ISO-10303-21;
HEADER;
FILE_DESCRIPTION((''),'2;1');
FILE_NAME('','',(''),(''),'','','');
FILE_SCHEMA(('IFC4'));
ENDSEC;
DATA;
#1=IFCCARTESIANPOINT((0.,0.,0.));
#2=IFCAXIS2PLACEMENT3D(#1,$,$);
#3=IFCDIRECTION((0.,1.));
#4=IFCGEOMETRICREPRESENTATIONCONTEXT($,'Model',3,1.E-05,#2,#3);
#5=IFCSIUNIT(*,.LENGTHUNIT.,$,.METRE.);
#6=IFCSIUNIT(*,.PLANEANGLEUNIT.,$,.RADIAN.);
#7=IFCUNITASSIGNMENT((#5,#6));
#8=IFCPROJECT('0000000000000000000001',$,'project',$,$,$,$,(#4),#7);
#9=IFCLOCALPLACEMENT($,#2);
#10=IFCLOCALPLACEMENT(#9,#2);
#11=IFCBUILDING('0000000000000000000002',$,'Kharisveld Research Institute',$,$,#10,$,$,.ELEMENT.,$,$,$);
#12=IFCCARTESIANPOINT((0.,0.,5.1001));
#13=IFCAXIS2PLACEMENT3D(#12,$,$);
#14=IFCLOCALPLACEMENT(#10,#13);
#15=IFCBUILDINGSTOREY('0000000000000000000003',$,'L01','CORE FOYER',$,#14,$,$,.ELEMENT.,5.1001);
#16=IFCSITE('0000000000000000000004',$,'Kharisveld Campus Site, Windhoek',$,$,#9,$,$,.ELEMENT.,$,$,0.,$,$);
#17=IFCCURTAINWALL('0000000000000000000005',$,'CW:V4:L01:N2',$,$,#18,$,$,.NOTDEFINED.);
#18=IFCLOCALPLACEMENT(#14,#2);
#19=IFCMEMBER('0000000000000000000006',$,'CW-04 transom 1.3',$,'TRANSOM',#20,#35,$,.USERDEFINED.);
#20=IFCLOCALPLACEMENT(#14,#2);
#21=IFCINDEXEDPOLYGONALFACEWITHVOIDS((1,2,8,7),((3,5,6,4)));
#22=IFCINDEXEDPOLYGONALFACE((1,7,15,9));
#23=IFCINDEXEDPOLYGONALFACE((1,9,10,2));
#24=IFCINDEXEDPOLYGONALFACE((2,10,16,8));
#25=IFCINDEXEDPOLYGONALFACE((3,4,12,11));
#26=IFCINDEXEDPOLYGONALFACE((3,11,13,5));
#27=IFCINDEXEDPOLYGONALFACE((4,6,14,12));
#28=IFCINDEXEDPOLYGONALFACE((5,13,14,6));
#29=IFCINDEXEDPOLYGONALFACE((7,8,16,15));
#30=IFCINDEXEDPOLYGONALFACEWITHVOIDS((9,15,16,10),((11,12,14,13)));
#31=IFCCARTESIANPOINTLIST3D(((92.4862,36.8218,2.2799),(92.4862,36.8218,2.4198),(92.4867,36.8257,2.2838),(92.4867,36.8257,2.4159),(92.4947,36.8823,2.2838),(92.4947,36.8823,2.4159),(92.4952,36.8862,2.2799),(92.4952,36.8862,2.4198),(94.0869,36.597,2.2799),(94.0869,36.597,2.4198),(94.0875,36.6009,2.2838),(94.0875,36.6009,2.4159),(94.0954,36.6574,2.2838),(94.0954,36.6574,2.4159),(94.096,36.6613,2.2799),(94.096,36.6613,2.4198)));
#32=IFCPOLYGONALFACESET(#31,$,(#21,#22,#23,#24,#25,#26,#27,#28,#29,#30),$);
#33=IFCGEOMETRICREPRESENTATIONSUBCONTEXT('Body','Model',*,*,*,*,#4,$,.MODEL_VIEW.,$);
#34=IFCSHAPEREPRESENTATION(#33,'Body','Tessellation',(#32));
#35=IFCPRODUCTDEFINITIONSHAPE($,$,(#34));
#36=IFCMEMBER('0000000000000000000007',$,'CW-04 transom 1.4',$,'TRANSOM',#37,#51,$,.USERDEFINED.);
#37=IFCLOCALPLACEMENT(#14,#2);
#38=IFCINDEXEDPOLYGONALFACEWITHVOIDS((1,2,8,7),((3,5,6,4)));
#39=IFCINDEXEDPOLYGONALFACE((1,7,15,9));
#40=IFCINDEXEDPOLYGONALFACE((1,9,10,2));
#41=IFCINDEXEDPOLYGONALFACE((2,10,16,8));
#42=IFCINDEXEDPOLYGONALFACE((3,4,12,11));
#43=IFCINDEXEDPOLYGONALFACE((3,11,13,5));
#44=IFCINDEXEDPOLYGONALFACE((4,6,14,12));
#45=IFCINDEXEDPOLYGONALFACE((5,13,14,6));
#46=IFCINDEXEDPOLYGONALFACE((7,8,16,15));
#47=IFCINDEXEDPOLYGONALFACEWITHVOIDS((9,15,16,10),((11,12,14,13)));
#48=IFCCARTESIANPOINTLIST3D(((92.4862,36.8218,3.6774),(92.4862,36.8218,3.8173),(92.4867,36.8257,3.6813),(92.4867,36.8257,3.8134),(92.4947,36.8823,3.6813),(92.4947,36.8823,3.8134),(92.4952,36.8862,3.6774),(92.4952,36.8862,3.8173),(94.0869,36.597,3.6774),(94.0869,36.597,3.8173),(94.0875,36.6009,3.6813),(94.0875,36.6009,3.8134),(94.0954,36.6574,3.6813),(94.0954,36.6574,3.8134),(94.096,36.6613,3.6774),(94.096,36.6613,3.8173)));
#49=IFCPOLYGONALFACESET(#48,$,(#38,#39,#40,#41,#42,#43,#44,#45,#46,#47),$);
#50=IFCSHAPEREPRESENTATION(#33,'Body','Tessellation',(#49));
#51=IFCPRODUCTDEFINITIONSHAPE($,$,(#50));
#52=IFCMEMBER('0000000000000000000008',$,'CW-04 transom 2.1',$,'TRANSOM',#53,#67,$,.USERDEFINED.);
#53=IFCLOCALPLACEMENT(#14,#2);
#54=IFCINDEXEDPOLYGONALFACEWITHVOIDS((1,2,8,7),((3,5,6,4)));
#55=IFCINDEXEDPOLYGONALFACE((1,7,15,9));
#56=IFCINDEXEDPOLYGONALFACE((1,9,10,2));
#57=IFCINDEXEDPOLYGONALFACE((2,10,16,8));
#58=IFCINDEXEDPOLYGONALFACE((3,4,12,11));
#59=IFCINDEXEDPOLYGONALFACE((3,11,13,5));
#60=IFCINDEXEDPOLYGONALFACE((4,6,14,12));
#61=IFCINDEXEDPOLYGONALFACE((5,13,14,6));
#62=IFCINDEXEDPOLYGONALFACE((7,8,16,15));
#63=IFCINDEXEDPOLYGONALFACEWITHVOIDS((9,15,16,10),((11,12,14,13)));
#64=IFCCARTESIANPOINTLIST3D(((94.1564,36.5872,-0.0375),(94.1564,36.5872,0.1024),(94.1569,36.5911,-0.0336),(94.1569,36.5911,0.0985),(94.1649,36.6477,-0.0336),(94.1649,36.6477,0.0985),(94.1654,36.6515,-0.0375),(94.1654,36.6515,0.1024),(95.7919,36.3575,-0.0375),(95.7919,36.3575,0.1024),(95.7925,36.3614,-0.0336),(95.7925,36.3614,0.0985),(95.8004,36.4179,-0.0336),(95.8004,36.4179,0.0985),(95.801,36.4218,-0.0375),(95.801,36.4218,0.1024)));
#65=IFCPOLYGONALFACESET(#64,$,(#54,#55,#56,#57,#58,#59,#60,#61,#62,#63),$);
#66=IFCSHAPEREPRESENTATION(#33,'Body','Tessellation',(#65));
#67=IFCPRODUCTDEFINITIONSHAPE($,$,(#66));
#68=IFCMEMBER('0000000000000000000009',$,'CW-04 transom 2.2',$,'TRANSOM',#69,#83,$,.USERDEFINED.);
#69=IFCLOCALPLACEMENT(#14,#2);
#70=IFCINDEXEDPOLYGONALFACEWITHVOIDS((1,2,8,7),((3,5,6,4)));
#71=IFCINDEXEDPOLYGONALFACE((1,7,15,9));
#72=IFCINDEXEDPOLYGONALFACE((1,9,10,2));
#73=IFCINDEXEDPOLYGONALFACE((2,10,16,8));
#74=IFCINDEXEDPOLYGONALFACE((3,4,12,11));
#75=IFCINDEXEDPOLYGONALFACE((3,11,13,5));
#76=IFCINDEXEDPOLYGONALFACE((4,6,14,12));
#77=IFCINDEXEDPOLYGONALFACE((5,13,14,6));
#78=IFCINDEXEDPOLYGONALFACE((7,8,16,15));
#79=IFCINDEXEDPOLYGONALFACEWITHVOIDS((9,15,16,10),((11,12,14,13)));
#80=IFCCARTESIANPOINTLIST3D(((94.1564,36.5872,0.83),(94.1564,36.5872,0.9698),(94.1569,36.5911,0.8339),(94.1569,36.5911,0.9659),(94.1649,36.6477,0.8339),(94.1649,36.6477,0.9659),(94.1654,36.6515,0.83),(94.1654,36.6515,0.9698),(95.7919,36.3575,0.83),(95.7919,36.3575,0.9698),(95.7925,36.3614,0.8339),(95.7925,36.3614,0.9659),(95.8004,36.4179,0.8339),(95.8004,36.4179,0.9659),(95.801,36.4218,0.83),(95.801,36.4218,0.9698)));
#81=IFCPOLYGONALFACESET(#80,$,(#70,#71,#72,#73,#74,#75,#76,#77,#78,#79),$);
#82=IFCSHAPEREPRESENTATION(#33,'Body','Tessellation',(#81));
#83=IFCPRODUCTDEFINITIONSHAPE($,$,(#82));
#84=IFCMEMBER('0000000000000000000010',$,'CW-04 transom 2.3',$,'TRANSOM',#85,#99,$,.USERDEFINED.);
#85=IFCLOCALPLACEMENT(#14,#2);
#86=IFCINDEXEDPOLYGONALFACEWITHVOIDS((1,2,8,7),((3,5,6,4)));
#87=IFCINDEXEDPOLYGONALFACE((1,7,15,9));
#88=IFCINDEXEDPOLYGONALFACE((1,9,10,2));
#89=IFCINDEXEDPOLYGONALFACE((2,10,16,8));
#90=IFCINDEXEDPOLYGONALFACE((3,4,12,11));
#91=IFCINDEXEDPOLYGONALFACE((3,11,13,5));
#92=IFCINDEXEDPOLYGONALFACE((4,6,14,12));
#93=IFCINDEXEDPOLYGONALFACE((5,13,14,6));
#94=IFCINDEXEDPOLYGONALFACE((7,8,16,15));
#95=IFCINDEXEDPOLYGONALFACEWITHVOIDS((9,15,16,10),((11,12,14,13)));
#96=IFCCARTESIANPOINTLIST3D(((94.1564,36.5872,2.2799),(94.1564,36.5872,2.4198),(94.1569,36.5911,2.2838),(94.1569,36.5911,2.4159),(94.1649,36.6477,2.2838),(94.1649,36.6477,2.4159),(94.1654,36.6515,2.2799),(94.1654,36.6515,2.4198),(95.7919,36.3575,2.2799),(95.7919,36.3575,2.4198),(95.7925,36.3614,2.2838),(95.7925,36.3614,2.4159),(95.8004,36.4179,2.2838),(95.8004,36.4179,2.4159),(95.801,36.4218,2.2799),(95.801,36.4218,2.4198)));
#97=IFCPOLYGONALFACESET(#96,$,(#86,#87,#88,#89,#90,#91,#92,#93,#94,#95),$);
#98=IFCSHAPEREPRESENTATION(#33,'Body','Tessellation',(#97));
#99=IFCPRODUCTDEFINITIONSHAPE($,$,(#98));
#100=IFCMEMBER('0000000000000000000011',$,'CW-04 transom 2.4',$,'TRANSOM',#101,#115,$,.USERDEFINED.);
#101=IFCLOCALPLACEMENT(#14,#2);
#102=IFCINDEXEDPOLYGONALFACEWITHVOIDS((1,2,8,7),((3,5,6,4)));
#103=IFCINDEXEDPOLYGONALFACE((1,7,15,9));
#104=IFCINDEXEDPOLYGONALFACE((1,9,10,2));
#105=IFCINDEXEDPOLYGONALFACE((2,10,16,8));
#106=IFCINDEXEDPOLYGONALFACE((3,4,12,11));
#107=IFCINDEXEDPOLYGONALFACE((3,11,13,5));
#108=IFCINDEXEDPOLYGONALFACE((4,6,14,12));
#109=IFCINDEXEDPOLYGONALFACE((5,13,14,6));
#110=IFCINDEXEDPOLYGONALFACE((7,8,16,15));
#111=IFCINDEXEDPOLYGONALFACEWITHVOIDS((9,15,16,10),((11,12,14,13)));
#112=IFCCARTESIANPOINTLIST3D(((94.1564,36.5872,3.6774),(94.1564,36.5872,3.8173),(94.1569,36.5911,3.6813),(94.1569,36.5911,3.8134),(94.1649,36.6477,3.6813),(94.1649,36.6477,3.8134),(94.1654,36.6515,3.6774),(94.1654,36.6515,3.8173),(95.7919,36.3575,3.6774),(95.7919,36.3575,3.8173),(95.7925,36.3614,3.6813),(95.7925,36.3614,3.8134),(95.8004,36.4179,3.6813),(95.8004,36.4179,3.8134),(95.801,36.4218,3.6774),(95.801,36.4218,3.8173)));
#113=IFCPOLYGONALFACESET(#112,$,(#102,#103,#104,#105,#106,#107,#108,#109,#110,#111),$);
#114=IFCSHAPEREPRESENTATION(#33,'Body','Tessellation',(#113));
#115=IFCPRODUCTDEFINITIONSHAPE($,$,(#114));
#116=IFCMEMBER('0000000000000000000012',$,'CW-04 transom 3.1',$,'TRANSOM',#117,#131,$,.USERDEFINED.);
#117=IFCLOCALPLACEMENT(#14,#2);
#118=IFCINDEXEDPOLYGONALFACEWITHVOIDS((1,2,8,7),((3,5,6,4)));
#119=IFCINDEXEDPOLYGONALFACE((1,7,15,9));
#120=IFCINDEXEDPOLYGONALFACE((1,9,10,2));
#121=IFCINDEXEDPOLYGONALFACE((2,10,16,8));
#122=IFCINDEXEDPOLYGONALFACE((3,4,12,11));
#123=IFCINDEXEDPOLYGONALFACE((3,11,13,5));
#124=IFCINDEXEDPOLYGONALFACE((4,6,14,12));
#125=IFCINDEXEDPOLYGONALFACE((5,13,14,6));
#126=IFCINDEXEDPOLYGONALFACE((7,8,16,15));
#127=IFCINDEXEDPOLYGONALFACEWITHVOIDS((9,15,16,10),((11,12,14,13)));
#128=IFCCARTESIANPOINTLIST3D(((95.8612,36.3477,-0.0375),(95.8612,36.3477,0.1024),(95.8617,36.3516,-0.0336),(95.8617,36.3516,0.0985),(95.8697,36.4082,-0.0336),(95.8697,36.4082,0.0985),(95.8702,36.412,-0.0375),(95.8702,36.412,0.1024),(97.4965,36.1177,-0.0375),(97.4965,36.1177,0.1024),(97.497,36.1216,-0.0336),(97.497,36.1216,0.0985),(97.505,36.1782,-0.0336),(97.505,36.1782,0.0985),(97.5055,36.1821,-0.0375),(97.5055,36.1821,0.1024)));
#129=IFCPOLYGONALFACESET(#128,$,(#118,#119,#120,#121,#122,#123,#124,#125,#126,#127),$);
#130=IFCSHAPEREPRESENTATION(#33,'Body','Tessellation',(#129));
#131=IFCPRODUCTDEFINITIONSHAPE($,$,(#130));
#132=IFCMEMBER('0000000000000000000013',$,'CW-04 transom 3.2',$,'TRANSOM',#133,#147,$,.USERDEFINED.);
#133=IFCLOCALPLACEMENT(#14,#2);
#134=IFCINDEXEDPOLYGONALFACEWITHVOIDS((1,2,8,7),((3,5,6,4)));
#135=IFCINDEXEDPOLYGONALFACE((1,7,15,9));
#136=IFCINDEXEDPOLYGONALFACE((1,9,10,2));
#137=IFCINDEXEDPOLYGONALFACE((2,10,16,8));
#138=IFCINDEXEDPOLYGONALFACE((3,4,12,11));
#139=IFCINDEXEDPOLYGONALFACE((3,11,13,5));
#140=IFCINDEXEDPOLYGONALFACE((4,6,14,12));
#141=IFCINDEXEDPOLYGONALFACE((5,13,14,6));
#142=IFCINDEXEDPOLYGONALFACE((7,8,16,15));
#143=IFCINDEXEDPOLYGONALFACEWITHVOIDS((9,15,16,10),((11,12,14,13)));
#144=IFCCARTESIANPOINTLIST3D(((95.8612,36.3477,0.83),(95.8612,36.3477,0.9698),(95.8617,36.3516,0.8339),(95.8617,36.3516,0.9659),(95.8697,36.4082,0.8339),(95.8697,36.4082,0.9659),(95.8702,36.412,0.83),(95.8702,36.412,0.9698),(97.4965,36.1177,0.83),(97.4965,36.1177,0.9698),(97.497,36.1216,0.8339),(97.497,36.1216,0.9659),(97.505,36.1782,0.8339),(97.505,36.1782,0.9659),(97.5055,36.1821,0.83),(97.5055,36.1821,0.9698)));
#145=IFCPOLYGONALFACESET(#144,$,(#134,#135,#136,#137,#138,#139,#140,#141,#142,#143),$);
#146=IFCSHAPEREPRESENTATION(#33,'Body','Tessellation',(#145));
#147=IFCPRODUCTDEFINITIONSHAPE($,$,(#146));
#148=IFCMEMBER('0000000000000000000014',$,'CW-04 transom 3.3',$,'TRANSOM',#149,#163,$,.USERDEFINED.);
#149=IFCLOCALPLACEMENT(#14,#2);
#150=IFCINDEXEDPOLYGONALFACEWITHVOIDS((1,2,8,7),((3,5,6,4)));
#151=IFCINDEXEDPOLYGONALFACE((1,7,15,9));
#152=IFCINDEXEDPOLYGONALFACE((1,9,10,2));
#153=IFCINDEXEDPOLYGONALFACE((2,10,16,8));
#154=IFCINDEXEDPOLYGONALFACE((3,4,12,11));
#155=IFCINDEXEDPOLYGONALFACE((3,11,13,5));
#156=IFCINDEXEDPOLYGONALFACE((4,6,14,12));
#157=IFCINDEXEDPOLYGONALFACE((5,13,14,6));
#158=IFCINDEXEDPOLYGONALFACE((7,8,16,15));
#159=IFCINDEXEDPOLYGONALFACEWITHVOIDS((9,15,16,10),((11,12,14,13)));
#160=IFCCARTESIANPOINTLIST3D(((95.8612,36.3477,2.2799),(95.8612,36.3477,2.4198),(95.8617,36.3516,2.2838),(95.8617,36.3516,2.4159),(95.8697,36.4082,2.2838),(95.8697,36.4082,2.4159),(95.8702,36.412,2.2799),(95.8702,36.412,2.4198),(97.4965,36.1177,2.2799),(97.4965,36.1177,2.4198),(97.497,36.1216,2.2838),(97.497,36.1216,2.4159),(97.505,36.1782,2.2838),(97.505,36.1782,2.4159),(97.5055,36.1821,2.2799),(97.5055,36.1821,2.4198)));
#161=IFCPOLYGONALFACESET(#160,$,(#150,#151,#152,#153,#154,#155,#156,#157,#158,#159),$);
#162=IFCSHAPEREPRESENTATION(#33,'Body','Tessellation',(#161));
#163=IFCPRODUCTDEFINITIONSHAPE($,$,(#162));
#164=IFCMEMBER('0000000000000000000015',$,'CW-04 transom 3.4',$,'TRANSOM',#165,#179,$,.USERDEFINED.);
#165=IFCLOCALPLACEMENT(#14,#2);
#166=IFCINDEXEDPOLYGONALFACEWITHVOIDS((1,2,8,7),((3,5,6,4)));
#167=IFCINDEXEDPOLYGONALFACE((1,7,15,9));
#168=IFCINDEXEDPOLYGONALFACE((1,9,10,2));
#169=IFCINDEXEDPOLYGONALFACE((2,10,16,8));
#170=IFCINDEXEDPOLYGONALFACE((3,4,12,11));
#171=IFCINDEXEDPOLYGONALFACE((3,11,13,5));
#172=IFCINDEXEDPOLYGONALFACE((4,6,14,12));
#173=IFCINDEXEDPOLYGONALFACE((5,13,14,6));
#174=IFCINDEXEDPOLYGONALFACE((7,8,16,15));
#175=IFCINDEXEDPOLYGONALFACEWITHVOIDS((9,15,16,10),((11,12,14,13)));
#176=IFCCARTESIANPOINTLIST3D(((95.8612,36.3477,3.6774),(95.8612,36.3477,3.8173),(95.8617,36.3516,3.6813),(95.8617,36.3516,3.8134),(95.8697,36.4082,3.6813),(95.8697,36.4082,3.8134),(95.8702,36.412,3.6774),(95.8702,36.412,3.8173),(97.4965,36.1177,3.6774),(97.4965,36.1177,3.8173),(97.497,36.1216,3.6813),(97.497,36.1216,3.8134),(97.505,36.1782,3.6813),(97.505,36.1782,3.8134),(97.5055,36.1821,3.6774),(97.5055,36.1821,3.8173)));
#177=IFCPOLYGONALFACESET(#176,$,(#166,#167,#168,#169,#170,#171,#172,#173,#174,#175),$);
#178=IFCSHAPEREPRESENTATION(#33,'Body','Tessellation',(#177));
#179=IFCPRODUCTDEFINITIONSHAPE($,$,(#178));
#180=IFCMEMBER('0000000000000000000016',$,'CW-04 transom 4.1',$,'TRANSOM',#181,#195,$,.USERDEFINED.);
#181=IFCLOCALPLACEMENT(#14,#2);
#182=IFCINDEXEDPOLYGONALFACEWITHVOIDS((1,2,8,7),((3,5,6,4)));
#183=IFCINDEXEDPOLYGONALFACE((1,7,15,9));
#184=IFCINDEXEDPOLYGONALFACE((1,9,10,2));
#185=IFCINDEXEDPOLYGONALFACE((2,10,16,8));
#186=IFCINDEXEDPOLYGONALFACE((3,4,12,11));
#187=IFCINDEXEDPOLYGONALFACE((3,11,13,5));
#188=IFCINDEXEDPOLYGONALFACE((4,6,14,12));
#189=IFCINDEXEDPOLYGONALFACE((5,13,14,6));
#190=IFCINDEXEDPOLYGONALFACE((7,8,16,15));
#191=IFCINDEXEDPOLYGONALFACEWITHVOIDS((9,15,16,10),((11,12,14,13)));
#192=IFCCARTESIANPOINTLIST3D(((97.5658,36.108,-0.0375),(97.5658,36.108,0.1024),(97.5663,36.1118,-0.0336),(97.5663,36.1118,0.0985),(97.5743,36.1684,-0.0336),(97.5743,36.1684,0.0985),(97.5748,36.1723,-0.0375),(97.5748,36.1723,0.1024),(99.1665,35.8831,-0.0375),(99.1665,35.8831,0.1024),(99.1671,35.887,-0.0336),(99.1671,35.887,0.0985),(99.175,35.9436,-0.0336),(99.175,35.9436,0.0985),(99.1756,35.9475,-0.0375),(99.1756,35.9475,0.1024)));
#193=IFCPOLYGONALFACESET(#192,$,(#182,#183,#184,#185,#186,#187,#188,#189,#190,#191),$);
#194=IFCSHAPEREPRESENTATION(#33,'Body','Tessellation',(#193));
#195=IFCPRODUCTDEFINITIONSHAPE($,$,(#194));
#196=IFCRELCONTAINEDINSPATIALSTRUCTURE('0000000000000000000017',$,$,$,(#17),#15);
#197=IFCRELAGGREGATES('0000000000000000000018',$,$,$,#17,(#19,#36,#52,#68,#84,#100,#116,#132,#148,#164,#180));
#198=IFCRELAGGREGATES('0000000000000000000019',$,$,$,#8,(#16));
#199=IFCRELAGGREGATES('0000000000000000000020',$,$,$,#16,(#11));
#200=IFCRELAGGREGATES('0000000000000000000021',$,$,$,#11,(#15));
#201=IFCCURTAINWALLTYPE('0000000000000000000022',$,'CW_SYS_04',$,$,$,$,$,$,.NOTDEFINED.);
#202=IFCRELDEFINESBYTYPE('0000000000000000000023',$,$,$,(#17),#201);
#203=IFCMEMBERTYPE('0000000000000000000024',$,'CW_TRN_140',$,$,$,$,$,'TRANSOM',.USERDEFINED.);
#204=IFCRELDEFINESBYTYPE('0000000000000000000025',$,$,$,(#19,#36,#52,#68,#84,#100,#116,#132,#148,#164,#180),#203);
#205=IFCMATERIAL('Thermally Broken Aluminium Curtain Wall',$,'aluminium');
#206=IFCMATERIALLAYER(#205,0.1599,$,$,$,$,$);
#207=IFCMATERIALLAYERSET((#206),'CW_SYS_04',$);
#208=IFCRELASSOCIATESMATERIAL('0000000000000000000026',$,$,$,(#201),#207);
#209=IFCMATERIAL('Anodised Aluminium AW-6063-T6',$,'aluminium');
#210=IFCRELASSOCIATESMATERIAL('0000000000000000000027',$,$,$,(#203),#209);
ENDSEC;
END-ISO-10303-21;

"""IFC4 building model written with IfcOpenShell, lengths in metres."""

from ifc_helpers import new_model, si_unit, direction, frame, origin, origin_2d, place, context, subcontext, project, spatial, hollow_rectangle, extrude, material, layer, layer_set, material_profile, profile_set, type_object, element, aggregate, save


model = new_model("IFC4")

# Units and contexts
model_context = context("Model", 3, precision=1e-05, world=origin(), true_north=direction((0.0, 1.0)))
body_context = subcontext(model_context, "Body", "Model", "MODEL_VIEW")
ifc_project = project(units=[si_unit("LENGTHUNIT", "METRE"), si_unit("PLANEANGLEUNIT", "RADIAN")], contexts=[model_context])

# Site, building, storey
site_placement = place(None, origin())
site = spatial("IfcSite", under=ifc_project, at=site_placement, Name="Kharisveld Campus Site, Windhoek", CompositionType="ELEMENT", RefElevation=0.0)
building_placement = place(site_placement, origin())
building = spatial("IfcBuilding", under=site, at=building_placement, Name="Kharisveld Research Institute", CompositionType="ELEMENT")
storey_placement = place(building_placement, frame((0.0, 0.0, 5.1001)))
storey = spatial("IfcBuildingStorey", under=building, at=storey_placement, Name="L01", Description="CORE FOYER", CompositionType="ELEMENT", Elevation=5.1001)

# Curtain wall, members
ifc_material_1 = material(Name="Thermally Broken Aluminium Curtain Wall", Category="aluminium")
ifc_layer_1 = layer(ifc_material_1, 0.1599)
ifc_layer_set_1 = layer_set([ifc_layer_1], Name="CW_SYS_04")
curtain_wall_type_1 = type_object("IfcCurtainWallType", Name="CW_SYS_04", PredefinedType="NOTDEFINED", material=ifc_layer_set_1)
curtain_wall_1_placement = place(storey_placement, origin())
curtain_wall_1 = element("IfcCurtainWall", 1, at=curtain_wall_1_placement, inside=storey, type_object=curtain_wall_type_1, Name="CW:V4:L01:N2", PredefinedType="NOTDEFINED")
ifc_material_2 = material(Name="Anodised Aluminium AW-6063-T6", Category="aluminium")
ifc_material_profile_1 = material_profile(ifc_material_2, hollow_rectangle(XDim=0.0649, YDim=0.1399, WallThickness=0.0039, at=origin_2d()))
ifc_profile_set_1 = profile_set([ifc_material_profile_1], Name="Anodised Aluminium AW-6063-T6")
member_type_1 = type_object("IfcMemberType", Name="CW_TRN_140", ElementType="TRANSOM", PredefinedType="USERDEFINED", material=ifc_profile_set_1)
member_1_placement = place(storey_placement, frame((92.4907, 36.854, 2.3499), z_axis=(0.990279, -0.139095, 0.0), x_axis=(0.139095, 0.990279, 0.0)))
member_1 = element("IfcMember", 2, at=member_1_placement, type_object=member_type_1, Name="CW-04 transom 1.3", ObjectType="TRANSOM", PredefinedType="USERDEFINED", context=body_context, shape_type="SweptSolid", body=[
    extrude(hollow_rectangle(XDim=0.0649, YDim=0.1399, WallThickness=0.0039, at=origin_2d()), origin(), (0.0, 0.0, 1.0), 1.6165),
])
member_2_placement = place(storey_placement, frame((92.4907, 36.854, 3.7473), z_axis=(0.990279, -0.139095, 0.0), x_axis=(0.139095, 0.990279, 0.0)))
member_2 = element("IfcMember", 3, at=member_2_placement, type_object=member_type_1, Name="CW-04 transom 1.4", ObjectType="TRANSOM", PredefinedType="USERDEFINED", context=body_context, shape_type="SweptSolid", body=[
    extrude(hollow_rectangle(XDim=0.0649, YDim=0.1399, WallThickness=0.0039, at=origin_2d()), origin(), (0.0, 0.0, 1.0), 1.6165),
])
member_3_placement = place(storey_placement, frame((94.1609, 36.6194, 0.0325), z_axis=(0.990278, -0.139103, 0.0), x_axis=(0.139103, 0.990278, 0.0)))
member_3 = element("IfcMember", 4, at=member_3_placement, type_object=member_type_1, Name="CW-04 transom 2.1", ObjectType="TRANSOM", PredefinedType="USERDEFINED", context=body_context, shape_type="SweptSolid", body=[
    extrude(hollow_rectangle(XDim=0.0649, YDim=0.1399, WallThickness=0.0039, at=origin_2d()), origin(), (0.0, 0.0, 1.0), 1.6516),
])
member_4_placement = place(storey_placement, frame((94.1609, 36.6194, 0.8999), z_axis=(0.990278, -0.139103, 0.0), x_axis=(0.139103, 0.990278, 0.0)))
member_4 = element("IfcMember", 5, at=member_4_placement, type_object=member_type_1, Name="CW-04 transom 2.2", ObjectType="TRANSOM", PredefinedType="USERDEFINED", context=body_context, shape_type="SweptSolid", body=[
    extrude(hollow_rectangle(XDim=0.0649, YDim=0.1399, WallThickness=0.0039, at=origin_2d()), origin(), (0.0, 0.0, 1.0), 1.6516),
])
member_5_placement = place(storey_placement, frame((94.1609, 36.6194, 2.3499), z_axis=(0.990278, -0.139103, 0.0), x_axis=(0.139103, 0.990278, 0.0)))
member_5 = element("IfcMember", 6, at=member_5_placement, type_object=member_type_1, Name="CW-04 transom 2.3", ObjectType="TRANSOM", PredefinedType="USERDEFINED", context=body_context, shape_type="SweptSolid", body=[
    extrude(hollow_rectangle(XDim=0.0649, YDim=0.1399, WallThickness=0.0039, at=origin_2d()), origin(), (0.0, 0.0, 1.0), 1.6516),
])
member_6_placement = place(storey_placement, frame((94.1609, 36.6194, 3.7473), z_axis=(0.990278, -0.139103, 0.0), x_axis=(0.139103, 0.990278, 0.0)))
member_6 = element("IfcMember", 7, at=member_6_placement, type_object=member_type_1, Name="CW-04 transom 2.4", ObjectType="TRANSOM", PredefinedType="USERDEFINED", context=body_context, shape_type="SweptSolid", body=[
    extrude(hollow_rectangle(XDim=0.0649, YDim=0.1399, WallThickness=0.0039, at=origin_2d()), origin(), (0.0, 0.0, 1.0), 1.6516),
])
member_7_placement = place(storey_placement, frame((95.8657, 36.3799, 0.0325), z_axis=(0.990255, -0.139268, 0.0), x_axis=(0.139268, 0.990255, 0.0)))
member_7 = element("IfcMember", 8, at=member_7_placement, type_object=member_type_1, Name="CW-04 transom 3.1", ObjectType="TRANSOM", PredefinedType="USERDEFINED", context=body_context, shape_type="SweptSolid", body=[
    extrude(hollow_rectangle(XDim=0.0649, YDim=0.1399, WallThickness=0.0039, at=origin_2d()), origin(), (0.0, 0.0, 1.0), 1.6514),
])
member_8_placement = place(storey_placement, frame((95.8657, 36.3799, 0.8999), z_axis=(0.990255, -0.139268, 0.0), x_axis=(0.139268, 0.990255, 0.0)))
member_8 = element("IfcMember", 9, at=member_8_placement, type_object=member_type_1, Name="CW-04 transom 3.2", ObjectType="TRANSOM", PredefinedType="USERDEFINED", context=body_context, shape_type="SweptSolid", body=[
    extrude(hollow_rectangle(XDim=0.0649, YDim=0.1399, WallThickness=0.0039, at=origin_2d()), origin(), (0.0, 0.0, 1.0), 1.6514),
])
member_9_placement = place(storey_placement, frame((95.8657, 36.3799, 2.3499), z_axis=(0.990255, -0.139268, 0.0), x_axis=(0.139268, 0.990255, 0.0)))
member_9 = element("IfcMember", 10, at=member_9_placement, type_object=member_type_1, Name="CW-04 transom 3.3", ObjectType="TRANSOM", PredefinedType="USERDEFINED", context=body_context, shape_type="SweptSolid", body=[
    extrude(hollow_rectangle(XDim=0.0649, YDim=0.1399, WallThickness=0.0039, at=origin_2d()), origin(), (0.0, 0.0, 1.0), 1.6514),
])
member_10_placement = place(storey_placement, frame((95.8657, 36.3799, 3.7473), z_axis=(0.990255, -0.139268, 0.0), x_axis=(0.139268, 0.990255, 0.0)))
member_10 = element("IfcMember", 11, at=member_10_placement, type_object=member_type_1, Name="CW-04 transom 3.4", ObjectType="TRANSOM", PredefinedType="USERDEFINED", context=body_context, shape_type="SweptSolid", body=[
    extrude(hollow_rectangle(XDim=0.0649, YDim=0.1399, WallThickness=0.0039, at=origin_2d()), origin(), (0.0, 0.0, 1.0), 1.6514),
])
member_11_placement = place(storey_placement, frame((97.5703, 36.1401, 0.0325), z_axis=(0.990279, -0.139095, 0.0), x_axis=(0.139095, 0.990279, 0.0)))
member_11 = element("IfcMember", 12, at=member_11_placement, type_object=member_type_1, Name="CW-04 transom 4.1", ObjectType="TRANSOM", PredefinedType="USERDEFINED", context=body_context, shape_type="SweptSolid", body=[
    extrude(hollow_rectangle(XDim=0.0649, YDim=0.1399, WallThickness=0.0039, at=origin_2d()), origin(), (0.0, 0.0, 1.0), 1.6165),
])

aggregate(curtain_wall_1, [member_1, member_2, member_3, member_4, member_5, member_6, member_7, member_8, member_9, member_10, member_11])

save(model, "model.ifc")
